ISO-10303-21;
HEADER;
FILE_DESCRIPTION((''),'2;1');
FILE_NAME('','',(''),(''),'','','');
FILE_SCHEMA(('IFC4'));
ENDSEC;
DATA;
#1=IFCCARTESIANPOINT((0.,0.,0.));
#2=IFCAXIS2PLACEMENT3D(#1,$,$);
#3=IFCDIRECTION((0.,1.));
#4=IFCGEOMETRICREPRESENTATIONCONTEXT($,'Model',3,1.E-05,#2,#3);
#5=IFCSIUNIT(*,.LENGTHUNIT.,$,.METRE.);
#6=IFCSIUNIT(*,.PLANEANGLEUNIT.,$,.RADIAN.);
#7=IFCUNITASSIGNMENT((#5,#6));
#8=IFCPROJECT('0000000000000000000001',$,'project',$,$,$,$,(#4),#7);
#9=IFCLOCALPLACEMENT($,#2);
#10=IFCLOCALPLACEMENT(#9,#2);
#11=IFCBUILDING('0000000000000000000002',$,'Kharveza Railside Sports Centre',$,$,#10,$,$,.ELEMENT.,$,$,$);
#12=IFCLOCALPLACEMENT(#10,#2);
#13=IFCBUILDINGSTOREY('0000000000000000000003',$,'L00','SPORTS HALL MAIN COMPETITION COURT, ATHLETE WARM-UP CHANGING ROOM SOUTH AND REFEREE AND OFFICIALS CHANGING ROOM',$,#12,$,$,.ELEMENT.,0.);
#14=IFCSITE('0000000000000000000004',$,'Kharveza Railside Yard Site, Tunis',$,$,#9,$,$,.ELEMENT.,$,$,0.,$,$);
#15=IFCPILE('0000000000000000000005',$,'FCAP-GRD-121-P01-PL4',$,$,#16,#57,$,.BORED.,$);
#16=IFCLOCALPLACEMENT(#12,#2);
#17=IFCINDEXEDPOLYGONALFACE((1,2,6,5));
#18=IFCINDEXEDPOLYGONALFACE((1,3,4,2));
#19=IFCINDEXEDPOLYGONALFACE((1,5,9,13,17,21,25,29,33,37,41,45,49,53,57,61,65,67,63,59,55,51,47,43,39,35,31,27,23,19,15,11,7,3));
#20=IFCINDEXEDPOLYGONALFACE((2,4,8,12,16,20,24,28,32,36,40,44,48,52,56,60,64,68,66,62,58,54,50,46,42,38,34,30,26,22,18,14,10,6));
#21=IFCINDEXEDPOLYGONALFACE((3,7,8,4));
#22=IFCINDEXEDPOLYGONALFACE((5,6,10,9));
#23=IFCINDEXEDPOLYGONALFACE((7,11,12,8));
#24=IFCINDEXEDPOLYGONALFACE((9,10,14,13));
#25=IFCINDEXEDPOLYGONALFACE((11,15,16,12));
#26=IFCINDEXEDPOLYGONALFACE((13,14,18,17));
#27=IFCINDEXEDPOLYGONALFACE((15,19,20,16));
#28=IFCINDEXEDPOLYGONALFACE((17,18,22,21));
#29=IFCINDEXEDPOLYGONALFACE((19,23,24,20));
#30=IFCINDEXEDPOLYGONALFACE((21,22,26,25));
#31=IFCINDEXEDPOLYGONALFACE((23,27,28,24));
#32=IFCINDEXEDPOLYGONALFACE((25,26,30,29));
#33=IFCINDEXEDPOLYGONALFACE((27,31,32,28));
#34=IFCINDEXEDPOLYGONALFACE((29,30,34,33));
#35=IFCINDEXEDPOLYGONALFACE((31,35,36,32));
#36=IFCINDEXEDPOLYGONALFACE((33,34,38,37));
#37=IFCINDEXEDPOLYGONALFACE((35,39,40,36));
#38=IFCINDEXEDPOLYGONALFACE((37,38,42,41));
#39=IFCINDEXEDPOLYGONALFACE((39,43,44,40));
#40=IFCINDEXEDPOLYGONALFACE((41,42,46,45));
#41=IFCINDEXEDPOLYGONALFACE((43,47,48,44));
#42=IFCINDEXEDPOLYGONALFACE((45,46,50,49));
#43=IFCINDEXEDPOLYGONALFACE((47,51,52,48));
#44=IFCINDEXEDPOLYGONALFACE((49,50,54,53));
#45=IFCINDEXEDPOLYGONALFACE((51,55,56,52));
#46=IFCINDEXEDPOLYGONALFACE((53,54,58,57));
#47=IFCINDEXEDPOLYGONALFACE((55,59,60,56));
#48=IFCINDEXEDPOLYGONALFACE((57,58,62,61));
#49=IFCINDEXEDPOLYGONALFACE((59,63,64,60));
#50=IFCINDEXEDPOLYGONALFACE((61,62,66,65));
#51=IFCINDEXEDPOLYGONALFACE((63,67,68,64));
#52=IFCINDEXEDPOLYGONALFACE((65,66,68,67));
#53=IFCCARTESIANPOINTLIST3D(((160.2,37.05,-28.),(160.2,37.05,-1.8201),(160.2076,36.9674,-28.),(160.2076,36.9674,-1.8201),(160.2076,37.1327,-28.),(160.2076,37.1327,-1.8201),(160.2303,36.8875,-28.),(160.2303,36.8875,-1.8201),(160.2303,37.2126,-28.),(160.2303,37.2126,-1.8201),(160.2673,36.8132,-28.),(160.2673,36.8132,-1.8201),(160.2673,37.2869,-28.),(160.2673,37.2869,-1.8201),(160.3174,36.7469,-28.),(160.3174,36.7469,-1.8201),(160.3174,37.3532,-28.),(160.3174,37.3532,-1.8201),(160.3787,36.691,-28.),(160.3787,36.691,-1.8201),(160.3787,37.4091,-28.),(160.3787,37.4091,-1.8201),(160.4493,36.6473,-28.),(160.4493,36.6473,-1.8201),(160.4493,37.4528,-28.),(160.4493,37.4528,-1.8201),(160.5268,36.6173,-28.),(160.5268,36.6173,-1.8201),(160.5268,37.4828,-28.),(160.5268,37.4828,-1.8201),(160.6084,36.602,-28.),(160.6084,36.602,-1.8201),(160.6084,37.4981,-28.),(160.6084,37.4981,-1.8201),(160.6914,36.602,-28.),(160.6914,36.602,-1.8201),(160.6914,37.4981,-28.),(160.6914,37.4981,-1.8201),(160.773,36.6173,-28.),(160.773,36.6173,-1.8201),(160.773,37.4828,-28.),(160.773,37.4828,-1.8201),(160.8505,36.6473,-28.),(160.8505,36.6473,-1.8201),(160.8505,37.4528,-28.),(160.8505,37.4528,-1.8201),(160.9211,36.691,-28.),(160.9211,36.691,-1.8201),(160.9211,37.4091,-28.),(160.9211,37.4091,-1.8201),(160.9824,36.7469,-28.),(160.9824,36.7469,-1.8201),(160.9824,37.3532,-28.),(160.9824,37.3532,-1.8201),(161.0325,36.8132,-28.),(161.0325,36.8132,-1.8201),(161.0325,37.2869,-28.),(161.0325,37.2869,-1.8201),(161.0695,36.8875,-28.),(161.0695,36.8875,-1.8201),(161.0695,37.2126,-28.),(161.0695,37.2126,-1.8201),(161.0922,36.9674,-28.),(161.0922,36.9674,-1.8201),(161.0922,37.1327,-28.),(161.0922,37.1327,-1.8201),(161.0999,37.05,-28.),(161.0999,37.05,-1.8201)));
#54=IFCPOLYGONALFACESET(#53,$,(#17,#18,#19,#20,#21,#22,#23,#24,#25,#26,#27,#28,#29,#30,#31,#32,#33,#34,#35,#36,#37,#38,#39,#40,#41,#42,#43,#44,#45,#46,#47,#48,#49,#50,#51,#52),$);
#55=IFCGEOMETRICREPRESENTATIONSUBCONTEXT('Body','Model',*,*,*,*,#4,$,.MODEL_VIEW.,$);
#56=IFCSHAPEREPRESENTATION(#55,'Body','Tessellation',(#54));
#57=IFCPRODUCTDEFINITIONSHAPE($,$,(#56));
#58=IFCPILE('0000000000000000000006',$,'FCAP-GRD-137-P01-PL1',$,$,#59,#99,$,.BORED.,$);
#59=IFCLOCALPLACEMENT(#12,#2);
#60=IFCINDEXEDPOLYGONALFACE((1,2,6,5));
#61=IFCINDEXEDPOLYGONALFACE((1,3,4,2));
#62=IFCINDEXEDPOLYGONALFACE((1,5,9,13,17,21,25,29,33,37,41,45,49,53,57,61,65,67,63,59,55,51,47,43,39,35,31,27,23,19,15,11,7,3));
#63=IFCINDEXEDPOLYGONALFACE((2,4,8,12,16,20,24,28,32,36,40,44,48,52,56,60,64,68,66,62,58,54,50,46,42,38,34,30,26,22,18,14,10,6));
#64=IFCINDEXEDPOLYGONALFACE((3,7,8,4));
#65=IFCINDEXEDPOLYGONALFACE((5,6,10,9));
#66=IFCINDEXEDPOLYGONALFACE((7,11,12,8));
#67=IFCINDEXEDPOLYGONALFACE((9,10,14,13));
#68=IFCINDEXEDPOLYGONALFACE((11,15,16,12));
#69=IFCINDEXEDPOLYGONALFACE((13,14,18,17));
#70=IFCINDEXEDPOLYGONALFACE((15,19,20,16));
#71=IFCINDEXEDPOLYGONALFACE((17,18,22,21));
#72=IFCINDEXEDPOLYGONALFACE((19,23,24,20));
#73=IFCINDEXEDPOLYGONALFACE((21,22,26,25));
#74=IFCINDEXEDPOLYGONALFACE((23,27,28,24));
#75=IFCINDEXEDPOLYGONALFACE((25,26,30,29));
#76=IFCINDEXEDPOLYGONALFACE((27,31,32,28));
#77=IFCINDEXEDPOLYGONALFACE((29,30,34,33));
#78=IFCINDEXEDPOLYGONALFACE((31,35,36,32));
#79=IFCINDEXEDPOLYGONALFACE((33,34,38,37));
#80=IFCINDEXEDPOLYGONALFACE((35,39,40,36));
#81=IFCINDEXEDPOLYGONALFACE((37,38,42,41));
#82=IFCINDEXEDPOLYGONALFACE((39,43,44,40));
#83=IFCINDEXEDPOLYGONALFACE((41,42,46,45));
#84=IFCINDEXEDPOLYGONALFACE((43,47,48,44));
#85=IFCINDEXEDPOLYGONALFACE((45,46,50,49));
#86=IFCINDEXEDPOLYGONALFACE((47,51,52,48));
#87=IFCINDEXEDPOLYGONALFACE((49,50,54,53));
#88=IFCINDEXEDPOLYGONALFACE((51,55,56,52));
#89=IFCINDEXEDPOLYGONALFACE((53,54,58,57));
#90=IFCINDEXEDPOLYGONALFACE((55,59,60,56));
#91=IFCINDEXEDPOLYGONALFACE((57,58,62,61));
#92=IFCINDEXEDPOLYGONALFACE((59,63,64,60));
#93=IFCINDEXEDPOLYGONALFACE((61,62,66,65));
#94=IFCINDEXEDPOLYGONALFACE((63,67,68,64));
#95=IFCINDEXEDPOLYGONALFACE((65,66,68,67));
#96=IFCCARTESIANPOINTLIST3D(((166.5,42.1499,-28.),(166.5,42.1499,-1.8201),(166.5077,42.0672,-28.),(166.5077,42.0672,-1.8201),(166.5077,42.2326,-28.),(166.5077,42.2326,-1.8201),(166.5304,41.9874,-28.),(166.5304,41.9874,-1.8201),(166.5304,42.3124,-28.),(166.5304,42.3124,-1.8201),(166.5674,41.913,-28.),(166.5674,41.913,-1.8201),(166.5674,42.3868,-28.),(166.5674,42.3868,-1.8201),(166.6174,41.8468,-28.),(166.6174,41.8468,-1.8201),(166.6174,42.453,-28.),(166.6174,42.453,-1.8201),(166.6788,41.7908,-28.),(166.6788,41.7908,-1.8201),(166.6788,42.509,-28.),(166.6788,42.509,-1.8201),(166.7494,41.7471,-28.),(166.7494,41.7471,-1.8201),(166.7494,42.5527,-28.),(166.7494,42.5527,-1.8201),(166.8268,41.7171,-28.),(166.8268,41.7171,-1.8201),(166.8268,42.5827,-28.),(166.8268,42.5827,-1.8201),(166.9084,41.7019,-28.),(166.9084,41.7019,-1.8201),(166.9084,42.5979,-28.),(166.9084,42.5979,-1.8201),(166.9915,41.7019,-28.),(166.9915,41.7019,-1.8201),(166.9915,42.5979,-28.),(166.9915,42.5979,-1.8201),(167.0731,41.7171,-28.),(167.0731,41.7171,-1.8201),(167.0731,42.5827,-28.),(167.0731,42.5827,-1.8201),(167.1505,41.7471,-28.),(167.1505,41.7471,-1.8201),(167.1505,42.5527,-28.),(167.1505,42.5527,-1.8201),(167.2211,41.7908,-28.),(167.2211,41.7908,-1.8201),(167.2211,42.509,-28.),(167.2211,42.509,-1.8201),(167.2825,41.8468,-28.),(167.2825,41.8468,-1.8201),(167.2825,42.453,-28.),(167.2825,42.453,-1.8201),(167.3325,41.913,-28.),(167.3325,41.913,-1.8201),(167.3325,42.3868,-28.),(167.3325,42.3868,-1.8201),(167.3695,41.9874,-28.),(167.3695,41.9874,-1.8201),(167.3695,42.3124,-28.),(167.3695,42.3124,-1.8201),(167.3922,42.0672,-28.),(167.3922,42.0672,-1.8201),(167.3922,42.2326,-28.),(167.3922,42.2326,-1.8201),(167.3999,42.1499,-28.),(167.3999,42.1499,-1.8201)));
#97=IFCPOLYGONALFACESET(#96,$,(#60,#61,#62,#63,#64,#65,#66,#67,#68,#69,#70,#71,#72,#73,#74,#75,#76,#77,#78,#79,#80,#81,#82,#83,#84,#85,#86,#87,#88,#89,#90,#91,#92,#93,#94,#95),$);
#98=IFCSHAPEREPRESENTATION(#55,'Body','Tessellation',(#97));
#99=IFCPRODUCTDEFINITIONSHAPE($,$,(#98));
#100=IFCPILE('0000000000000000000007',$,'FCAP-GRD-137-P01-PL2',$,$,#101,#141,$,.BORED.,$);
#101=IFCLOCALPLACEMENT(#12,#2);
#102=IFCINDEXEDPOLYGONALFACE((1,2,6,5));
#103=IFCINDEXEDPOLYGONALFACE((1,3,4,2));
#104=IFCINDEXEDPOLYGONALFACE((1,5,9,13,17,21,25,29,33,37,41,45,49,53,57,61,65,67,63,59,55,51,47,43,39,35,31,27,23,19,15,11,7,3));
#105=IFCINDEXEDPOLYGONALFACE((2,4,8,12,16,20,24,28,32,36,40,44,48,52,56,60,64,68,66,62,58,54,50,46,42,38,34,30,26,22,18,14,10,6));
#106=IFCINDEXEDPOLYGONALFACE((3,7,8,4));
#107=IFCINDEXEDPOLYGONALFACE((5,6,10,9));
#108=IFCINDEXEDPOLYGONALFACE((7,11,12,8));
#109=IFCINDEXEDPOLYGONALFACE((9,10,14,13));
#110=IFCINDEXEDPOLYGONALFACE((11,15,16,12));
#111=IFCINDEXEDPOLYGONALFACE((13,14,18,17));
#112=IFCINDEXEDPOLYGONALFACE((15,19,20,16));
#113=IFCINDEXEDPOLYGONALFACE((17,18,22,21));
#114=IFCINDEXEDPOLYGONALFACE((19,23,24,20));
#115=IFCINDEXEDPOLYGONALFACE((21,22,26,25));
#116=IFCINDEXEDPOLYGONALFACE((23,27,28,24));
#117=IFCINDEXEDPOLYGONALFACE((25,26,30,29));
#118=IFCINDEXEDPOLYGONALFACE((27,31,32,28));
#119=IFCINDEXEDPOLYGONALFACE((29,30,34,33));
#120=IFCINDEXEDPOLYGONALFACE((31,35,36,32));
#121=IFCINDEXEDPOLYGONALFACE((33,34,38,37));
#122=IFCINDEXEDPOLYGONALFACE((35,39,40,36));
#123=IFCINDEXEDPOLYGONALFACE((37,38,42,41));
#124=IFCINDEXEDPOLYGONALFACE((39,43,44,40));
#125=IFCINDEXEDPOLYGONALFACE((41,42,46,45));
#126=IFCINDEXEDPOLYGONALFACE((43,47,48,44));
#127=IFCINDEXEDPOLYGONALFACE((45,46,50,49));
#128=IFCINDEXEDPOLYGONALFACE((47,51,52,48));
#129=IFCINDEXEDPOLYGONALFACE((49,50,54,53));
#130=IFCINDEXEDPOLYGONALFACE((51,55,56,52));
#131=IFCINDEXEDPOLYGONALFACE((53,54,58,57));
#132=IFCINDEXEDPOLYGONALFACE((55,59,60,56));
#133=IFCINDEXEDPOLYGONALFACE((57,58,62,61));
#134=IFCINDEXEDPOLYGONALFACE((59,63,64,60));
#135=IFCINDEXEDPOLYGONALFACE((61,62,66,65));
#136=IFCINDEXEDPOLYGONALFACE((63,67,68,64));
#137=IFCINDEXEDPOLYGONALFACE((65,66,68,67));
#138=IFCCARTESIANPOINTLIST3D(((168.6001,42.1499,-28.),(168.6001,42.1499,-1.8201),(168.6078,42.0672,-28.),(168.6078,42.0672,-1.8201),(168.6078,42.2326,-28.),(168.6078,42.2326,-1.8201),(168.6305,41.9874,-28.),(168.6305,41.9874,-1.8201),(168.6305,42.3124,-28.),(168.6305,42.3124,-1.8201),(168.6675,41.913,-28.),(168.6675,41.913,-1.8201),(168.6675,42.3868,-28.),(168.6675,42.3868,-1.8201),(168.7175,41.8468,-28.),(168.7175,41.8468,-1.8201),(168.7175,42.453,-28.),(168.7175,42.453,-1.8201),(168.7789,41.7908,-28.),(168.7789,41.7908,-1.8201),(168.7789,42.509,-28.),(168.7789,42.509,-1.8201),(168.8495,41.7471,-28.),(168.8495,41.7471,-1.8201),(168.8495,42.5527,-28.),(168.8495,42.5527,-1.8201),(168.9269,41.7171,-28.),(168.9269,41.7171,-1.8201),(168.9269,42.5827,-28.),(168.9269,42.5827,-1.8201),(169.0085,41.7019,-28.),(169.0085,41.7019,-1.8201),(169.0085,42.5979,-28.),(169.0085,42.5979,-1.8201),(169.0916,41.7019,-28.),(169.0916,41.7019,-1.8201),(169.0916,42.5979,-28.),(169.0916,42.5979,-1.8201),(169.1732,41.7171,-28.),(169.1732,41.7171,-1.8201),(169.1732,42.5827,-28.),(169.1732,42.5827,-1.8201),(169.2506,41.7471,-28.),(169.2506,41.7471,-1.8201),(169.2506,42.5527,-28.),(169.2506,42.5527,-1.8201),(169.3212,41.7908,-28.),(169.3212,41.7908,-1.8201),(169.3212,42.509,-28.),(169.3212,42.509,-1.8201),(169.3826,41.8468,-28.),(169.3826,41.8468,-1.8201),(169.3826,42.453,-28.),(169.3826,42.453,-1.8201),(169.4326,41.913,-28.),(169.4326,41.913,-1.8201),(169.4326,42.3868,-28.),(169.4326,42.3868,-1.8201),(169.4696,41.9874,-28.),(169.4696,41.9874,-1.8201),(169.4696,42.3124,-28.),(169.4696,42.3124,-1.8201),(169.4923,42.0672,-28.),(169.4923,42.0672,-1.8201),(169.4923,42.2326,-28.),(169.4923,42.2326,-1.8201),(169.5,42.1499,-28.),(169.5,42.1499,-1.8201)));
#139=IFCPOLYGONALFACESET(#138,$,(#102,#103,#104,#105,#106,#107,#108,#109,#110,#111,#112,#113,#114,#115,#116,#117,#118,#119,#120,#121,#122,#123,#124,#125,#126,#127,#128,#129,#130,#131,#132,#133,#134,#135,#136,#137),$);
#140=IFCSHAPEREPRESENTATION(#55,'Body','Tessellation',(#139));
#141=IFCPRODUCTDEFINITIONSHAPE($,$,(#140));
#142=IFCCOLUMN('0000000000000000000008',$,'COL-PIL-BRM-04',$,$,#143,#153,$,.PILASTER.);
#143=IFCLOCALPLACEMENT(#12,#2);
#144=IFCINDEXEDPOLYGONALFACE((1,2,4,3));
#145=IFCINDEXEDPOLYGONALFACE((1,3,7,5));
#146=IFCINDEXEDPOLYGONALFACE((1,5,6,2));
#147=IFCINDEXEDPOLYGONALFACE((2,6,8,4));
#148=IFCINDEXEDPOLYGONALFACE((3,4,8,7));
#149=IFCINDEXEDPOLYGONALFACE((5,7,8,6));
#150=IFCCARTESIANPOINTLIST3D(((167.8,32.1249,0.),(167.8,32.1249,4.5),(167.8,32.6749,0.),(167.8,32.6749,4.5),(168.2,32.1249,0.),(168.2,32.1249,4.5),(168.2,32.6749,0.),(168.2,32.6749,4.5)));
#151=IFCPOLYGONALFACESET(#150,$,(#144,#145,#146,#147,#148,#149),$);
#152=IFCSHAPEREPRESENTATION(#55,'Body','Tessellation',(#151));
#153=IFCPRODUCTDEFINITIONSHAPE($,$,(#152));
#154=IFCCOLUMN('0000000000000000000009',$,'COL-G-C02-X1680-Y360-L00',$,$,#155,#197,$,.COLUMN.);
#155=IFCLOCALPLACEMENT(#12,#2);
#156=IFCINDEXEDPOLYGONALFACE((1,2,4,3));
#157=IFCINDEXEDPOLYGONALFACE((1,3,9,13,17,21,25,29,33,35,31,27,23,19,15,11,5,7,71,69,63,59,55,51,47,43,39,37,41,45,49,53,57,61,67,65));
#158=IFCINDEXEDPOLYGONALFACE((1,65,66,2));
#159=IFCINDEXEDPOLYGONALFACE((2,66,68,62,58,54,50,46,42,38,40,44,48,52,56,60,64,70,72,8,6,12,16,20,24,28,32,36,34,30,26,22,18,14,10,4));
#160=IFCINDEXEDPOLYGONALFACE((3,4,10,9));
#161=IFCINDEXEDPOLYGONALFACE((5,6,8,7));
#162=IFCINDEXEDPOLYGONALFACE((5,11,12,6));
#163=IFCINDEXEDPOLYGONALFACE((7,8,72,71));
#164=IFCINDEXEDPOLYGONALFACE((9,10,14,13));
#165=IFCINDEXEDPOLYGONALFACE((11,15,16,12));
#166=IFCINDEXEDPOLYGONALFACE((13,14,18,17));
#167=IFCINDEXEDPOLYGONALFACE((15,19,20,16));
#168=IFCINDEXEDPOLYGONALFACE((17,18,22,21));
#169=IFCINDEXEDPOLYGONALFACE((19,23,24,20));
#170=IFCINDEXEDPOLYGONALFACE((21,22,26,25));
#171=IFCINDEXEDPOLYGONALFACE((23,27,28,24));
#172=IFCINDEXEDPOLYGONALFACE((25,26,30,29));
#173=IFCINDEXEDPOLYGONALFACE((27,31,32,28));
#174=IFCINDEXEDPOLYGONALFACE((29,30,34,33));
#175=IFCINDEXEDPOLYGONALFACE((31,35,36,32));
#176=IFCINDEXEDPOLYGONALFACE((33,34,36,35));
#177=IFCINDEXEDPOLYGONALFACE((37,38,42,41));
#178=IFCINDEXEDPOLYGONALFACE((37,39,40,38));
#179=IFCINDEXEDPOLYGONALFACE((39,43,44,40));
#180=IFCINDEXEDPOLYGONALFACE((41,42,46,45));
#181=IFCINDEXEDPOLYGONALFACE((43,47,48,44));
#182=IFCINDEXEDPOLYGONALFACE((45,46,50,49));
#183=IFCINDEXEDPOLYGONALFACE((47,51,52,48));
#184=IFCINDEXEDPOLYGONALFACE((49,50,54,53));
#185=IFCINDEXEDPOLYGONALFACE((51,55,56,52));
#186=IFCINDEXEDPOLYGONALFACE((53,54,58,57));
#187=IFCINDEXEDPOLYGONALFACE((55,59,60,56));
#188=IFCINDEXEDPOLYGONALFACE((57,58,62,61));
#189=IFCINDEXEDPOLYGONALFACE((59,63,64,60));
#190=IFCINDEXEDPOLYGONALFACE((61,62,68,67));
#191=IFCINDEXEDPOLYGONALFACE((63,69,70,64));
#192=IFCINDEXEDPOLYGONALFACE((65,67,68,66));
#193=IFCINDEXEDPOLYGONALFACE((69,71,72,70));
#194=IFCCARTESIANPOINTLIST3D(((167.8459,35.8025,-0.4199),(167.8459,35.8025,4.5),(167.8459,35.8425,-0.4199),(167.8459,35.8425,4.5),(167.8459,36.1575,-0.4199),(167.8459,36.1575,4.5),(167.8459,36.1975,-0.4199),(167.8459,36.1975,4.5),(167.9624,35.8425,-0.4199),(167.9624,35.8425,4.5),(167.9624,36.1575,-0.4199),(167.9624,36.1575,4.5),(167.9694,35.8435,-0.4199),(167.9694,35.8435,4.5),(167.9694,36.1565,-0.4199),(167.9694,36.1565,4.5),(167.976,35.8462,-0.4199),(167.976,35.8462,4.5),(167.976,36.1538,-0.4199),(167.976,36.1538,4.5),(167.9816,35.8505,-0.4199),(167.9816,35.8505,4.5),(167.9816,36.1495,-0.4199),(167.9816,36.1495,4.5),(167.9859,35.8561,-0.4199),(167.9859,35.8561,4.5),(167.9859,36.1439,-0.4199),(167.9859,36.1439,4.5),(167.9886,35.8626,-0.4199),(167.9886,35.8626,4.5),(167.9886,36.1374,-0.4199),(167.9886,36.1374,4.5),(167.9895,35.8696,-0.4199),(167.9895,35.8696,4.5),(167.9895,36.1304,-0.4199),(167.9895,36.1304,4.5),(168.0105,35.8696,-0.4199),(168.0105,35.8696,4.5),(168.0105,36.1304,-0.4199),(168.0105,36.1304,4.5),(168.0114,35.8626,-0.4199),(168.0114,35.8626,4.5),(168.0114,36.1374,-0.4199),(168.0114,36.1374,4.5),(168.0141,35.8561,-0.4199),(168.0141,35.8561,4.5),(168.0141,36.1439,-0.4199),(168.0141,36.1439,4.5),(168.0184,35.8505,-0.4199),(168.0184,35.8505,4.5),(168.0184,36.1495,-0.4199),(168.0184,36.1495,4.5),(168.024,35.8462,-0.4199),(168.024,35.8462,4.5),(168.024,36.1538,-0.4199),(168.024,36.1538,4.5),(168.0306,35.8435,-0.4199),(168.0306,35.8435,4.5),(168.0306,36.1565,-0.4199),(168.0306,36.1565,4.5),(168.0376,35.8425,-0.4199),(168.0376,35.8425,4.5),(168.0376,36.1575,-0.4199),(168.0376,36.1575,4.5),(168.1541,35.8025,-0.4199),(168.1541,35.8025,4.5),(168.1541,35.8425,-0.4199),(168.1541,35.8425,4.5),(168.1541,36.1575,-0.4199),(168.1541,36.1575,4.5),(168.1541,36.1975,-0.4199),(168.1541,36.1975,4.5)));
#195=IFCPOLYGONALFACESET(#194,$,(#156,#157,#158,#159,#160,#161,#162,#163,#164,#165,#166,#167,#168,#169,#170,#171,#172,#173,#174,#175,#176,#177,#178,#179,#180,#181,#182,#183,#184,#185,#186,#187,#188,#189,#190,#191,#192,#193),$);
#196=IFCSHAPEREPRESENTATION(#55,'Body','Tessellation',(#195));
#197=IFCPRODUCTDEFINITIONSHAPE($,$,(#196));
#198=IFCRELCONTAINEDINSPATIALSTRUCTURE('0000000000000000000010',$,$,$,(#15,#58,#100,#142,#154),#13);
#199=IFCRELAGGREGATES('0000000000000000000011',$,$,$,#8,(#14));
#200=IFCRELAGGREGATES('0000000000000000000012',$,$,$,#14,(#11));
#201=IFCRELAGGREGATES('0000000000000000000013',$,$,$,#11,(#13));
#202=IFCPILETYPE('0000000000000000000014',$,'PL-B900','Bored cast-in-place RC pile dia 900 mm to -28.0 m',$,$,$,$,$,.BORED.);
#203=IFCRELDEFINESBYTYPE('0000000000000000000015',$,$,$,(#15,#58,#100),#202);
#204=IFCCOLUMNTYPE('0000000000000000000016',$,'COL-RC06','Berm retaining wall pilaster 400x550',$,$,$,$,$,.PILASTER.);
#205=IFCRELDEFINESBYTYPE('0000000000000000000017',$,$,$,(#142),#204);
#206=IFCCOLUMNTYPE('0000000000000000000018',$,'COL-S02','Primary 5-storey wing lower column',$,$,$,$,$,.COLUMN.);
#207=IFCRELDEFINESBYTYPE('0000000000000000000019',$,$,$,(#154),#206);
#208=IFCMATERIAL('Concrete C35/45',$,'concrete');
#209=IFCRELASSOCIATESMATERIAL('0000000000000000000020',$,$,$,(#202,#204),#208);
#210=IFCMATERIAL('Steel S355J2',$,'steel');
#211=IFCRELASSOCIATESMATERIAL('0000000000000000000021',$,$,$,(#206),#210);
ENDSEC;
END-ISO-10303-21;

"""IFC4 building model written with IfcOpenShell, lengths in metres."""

from ifc_helpers import new_model, si_unit, direction, frame, origin, origin_2d, place, context, subcontext, project, spatial, rectangle, circle, i_section, extrude, material, material_profile, profile_set, type_object, element, save


model = new_model("IFC4")

# Units and contexts
model_context = context("Model", 3, precision=1e-05, world=origin(), true_north=direction((0.0, 1.0)))
body_context = subcontext(model_context, "Body", "Model", "MODEL_VIEW")
ifc_project = project(units=[si_unit("LENGTHUNIT", "METRE"), si_unit("PLANEANGLEUNIT", "RADIAN")], contexts=[model_context])

# Site, building, storey
site_placement = place(None, origin())
site = spatial("IfcSite", under=ifc_project, at=site_placement, Name="Kharveza Railside Yard Site, Tunis", CompositionType="ELEMENT", RefElevation=0.0)
building_placement = place(site_placement, origin())
building = spatial("IfcBuilding", under=site, at=building_placement, Name="Kharveza Railside Sports Centre", CompositionType="ELEMENT")
storey_placement = place(building_placement, origin())
storey = spatial("IfcBuildingStorey", under=building, at=storey_placement, Name="L00", Description="SPORTS HALL MAIN COMPETITION COURT, ATHLETE WARM-UP CHANGING ROOM SOUTH AND REFEREE AND OFFICIALS CHANGING ROOM", CompositionType="ELEMENT", Elevation=0.0)

# Shared definitions
ifc_material_1 = material(Name="Concrete C35/45", Category="concrete")

# Piles
ifc_material_profile_1 = material_profile(ifc_material_1, circle(Radius=0.45, at=origin_2d()), Name="PILE D900")
ifc_profile_set_1 = profile_set([ifc_material_profile_1], Name="Concrete C35/45")
pile_type_1 = type_object("IfcPileType", Name="PL-B900", Description="Bored cast-in-place RC pile dia 900 mm to -28.0 m", PredefinedType="BORED", material=ifc_profile_set_1)
for number, where, z_axis, x_axis, name in (
    (1, (160.6499, 37.05, -1.8201), (0.0, 0.0, -1.0), (1.0, 0.0, 0.0), "FCAP-GRD-121-P01-PL4"),
    (2, (166.95, 42.1499, -1.8201), (0.0, 0.0, -1.0), (1.0, 0.0, 0.0), "FCAP-GRD-137-P01-PL1"),
    (3, (169.05, 42.1499, -1.8201), (0.0, 0.0, -1.0), (1.0, 0.0, 0.0), "FCAP-GRD-137-P01-PL2"),
):
    element("IfcPile", number, at=place(storey_placement, frame(where, z_axis=z_axis, x_axis=x_axis)), inside=storey, type_object=pile_type_1, Name=name, PredefinedType="BORED", context=body_context, shape_type="SweptSolid", body=[
        extrude(circle(Radius=0.45, at=origin_2d()), origin(), (0.0, 0.0, 1.0), 26.1799),
    ])

# Columns
ifc_material_profile_2 = material_profile(ifc_material_1, rectangle(XDim=0.3999, YDim=0.55, at=origin_2d()), Name="RC 400x550")
ifc_profile_set_2 = profile_set([ifc_material_profile_2], Name="Concrete C35/45")
column_type_1 = type_object("IfcColumnType", Name="COL-RC06", Description="Berm retaining wall pilaster 400x550", PredefinedType="PILASTER", material=ifc_profile_set_2)
column_1_placement = place(storey_placement, frame((168.0, 32.3999, 0.0), z_axis=(0.0, 0.0, 1.0), x_axis=(1.0, 0.0, 0.0)))
element("IfcColumn", 4, at=column_1_placement, inside=storey, type_object=column_type_1, Name="COL-PIL-BRM-04", PredefinedType="PILASTER", context=body_context, shape_type="SweptSolid", body=[
    extrude(rectangle(XDim=0.3999, YDim=0.55, at=origin_2d()), origin(), (0.0, 0.0, 1.0), 4.5),
])
ifc_material_2 = material(Name="Steel S355J2", Category="steel")
ifc_material_profile_3 = material_profile(ifc_material_2, i_section(OverallWidth=0.3081, OverallDepth=0.395, WebThickness=0.021, FlangeThickness=0.04, FilletRadius=0.0271, at=origin_2d()), Name="HEM 360")
ifc_profile_set_3 = profile_set([ifc_material_profile_3], Name="Steel S355J2")
column_type_2 = type_object("IfcColumnType", Name="COL-S02", Description="Primary 5-storey wing lower column", PredefinedType="COLUMN", material=ifc_profile_set_3)
column_2_placement = place(storey_placement, frame((168.0, 36.0, -0.4199), z_axis=(0.0, 0.0, 1.0), x_axis=(1.0, 0.0, 0.0)))
element("IfcColumn", 5, at=column_2_placement, inside=storey, type_object=column_type_2, Name="COL-G-C02-X1680-Y360-L00", PredefinedType="COLUMN", context=body_context, shape_type="SweptSolid", body=[
    extrude(i_section(OverallWidth=0.3081, OverallDepth=0.395, WebThickness=0.021, FlangeThickness=0.04, FilletRadius=0.0271, at=origin_2d()), origin(), (0.0, 0.0, 1.0), 4.9199),
])

save(model, "model.ifc")
